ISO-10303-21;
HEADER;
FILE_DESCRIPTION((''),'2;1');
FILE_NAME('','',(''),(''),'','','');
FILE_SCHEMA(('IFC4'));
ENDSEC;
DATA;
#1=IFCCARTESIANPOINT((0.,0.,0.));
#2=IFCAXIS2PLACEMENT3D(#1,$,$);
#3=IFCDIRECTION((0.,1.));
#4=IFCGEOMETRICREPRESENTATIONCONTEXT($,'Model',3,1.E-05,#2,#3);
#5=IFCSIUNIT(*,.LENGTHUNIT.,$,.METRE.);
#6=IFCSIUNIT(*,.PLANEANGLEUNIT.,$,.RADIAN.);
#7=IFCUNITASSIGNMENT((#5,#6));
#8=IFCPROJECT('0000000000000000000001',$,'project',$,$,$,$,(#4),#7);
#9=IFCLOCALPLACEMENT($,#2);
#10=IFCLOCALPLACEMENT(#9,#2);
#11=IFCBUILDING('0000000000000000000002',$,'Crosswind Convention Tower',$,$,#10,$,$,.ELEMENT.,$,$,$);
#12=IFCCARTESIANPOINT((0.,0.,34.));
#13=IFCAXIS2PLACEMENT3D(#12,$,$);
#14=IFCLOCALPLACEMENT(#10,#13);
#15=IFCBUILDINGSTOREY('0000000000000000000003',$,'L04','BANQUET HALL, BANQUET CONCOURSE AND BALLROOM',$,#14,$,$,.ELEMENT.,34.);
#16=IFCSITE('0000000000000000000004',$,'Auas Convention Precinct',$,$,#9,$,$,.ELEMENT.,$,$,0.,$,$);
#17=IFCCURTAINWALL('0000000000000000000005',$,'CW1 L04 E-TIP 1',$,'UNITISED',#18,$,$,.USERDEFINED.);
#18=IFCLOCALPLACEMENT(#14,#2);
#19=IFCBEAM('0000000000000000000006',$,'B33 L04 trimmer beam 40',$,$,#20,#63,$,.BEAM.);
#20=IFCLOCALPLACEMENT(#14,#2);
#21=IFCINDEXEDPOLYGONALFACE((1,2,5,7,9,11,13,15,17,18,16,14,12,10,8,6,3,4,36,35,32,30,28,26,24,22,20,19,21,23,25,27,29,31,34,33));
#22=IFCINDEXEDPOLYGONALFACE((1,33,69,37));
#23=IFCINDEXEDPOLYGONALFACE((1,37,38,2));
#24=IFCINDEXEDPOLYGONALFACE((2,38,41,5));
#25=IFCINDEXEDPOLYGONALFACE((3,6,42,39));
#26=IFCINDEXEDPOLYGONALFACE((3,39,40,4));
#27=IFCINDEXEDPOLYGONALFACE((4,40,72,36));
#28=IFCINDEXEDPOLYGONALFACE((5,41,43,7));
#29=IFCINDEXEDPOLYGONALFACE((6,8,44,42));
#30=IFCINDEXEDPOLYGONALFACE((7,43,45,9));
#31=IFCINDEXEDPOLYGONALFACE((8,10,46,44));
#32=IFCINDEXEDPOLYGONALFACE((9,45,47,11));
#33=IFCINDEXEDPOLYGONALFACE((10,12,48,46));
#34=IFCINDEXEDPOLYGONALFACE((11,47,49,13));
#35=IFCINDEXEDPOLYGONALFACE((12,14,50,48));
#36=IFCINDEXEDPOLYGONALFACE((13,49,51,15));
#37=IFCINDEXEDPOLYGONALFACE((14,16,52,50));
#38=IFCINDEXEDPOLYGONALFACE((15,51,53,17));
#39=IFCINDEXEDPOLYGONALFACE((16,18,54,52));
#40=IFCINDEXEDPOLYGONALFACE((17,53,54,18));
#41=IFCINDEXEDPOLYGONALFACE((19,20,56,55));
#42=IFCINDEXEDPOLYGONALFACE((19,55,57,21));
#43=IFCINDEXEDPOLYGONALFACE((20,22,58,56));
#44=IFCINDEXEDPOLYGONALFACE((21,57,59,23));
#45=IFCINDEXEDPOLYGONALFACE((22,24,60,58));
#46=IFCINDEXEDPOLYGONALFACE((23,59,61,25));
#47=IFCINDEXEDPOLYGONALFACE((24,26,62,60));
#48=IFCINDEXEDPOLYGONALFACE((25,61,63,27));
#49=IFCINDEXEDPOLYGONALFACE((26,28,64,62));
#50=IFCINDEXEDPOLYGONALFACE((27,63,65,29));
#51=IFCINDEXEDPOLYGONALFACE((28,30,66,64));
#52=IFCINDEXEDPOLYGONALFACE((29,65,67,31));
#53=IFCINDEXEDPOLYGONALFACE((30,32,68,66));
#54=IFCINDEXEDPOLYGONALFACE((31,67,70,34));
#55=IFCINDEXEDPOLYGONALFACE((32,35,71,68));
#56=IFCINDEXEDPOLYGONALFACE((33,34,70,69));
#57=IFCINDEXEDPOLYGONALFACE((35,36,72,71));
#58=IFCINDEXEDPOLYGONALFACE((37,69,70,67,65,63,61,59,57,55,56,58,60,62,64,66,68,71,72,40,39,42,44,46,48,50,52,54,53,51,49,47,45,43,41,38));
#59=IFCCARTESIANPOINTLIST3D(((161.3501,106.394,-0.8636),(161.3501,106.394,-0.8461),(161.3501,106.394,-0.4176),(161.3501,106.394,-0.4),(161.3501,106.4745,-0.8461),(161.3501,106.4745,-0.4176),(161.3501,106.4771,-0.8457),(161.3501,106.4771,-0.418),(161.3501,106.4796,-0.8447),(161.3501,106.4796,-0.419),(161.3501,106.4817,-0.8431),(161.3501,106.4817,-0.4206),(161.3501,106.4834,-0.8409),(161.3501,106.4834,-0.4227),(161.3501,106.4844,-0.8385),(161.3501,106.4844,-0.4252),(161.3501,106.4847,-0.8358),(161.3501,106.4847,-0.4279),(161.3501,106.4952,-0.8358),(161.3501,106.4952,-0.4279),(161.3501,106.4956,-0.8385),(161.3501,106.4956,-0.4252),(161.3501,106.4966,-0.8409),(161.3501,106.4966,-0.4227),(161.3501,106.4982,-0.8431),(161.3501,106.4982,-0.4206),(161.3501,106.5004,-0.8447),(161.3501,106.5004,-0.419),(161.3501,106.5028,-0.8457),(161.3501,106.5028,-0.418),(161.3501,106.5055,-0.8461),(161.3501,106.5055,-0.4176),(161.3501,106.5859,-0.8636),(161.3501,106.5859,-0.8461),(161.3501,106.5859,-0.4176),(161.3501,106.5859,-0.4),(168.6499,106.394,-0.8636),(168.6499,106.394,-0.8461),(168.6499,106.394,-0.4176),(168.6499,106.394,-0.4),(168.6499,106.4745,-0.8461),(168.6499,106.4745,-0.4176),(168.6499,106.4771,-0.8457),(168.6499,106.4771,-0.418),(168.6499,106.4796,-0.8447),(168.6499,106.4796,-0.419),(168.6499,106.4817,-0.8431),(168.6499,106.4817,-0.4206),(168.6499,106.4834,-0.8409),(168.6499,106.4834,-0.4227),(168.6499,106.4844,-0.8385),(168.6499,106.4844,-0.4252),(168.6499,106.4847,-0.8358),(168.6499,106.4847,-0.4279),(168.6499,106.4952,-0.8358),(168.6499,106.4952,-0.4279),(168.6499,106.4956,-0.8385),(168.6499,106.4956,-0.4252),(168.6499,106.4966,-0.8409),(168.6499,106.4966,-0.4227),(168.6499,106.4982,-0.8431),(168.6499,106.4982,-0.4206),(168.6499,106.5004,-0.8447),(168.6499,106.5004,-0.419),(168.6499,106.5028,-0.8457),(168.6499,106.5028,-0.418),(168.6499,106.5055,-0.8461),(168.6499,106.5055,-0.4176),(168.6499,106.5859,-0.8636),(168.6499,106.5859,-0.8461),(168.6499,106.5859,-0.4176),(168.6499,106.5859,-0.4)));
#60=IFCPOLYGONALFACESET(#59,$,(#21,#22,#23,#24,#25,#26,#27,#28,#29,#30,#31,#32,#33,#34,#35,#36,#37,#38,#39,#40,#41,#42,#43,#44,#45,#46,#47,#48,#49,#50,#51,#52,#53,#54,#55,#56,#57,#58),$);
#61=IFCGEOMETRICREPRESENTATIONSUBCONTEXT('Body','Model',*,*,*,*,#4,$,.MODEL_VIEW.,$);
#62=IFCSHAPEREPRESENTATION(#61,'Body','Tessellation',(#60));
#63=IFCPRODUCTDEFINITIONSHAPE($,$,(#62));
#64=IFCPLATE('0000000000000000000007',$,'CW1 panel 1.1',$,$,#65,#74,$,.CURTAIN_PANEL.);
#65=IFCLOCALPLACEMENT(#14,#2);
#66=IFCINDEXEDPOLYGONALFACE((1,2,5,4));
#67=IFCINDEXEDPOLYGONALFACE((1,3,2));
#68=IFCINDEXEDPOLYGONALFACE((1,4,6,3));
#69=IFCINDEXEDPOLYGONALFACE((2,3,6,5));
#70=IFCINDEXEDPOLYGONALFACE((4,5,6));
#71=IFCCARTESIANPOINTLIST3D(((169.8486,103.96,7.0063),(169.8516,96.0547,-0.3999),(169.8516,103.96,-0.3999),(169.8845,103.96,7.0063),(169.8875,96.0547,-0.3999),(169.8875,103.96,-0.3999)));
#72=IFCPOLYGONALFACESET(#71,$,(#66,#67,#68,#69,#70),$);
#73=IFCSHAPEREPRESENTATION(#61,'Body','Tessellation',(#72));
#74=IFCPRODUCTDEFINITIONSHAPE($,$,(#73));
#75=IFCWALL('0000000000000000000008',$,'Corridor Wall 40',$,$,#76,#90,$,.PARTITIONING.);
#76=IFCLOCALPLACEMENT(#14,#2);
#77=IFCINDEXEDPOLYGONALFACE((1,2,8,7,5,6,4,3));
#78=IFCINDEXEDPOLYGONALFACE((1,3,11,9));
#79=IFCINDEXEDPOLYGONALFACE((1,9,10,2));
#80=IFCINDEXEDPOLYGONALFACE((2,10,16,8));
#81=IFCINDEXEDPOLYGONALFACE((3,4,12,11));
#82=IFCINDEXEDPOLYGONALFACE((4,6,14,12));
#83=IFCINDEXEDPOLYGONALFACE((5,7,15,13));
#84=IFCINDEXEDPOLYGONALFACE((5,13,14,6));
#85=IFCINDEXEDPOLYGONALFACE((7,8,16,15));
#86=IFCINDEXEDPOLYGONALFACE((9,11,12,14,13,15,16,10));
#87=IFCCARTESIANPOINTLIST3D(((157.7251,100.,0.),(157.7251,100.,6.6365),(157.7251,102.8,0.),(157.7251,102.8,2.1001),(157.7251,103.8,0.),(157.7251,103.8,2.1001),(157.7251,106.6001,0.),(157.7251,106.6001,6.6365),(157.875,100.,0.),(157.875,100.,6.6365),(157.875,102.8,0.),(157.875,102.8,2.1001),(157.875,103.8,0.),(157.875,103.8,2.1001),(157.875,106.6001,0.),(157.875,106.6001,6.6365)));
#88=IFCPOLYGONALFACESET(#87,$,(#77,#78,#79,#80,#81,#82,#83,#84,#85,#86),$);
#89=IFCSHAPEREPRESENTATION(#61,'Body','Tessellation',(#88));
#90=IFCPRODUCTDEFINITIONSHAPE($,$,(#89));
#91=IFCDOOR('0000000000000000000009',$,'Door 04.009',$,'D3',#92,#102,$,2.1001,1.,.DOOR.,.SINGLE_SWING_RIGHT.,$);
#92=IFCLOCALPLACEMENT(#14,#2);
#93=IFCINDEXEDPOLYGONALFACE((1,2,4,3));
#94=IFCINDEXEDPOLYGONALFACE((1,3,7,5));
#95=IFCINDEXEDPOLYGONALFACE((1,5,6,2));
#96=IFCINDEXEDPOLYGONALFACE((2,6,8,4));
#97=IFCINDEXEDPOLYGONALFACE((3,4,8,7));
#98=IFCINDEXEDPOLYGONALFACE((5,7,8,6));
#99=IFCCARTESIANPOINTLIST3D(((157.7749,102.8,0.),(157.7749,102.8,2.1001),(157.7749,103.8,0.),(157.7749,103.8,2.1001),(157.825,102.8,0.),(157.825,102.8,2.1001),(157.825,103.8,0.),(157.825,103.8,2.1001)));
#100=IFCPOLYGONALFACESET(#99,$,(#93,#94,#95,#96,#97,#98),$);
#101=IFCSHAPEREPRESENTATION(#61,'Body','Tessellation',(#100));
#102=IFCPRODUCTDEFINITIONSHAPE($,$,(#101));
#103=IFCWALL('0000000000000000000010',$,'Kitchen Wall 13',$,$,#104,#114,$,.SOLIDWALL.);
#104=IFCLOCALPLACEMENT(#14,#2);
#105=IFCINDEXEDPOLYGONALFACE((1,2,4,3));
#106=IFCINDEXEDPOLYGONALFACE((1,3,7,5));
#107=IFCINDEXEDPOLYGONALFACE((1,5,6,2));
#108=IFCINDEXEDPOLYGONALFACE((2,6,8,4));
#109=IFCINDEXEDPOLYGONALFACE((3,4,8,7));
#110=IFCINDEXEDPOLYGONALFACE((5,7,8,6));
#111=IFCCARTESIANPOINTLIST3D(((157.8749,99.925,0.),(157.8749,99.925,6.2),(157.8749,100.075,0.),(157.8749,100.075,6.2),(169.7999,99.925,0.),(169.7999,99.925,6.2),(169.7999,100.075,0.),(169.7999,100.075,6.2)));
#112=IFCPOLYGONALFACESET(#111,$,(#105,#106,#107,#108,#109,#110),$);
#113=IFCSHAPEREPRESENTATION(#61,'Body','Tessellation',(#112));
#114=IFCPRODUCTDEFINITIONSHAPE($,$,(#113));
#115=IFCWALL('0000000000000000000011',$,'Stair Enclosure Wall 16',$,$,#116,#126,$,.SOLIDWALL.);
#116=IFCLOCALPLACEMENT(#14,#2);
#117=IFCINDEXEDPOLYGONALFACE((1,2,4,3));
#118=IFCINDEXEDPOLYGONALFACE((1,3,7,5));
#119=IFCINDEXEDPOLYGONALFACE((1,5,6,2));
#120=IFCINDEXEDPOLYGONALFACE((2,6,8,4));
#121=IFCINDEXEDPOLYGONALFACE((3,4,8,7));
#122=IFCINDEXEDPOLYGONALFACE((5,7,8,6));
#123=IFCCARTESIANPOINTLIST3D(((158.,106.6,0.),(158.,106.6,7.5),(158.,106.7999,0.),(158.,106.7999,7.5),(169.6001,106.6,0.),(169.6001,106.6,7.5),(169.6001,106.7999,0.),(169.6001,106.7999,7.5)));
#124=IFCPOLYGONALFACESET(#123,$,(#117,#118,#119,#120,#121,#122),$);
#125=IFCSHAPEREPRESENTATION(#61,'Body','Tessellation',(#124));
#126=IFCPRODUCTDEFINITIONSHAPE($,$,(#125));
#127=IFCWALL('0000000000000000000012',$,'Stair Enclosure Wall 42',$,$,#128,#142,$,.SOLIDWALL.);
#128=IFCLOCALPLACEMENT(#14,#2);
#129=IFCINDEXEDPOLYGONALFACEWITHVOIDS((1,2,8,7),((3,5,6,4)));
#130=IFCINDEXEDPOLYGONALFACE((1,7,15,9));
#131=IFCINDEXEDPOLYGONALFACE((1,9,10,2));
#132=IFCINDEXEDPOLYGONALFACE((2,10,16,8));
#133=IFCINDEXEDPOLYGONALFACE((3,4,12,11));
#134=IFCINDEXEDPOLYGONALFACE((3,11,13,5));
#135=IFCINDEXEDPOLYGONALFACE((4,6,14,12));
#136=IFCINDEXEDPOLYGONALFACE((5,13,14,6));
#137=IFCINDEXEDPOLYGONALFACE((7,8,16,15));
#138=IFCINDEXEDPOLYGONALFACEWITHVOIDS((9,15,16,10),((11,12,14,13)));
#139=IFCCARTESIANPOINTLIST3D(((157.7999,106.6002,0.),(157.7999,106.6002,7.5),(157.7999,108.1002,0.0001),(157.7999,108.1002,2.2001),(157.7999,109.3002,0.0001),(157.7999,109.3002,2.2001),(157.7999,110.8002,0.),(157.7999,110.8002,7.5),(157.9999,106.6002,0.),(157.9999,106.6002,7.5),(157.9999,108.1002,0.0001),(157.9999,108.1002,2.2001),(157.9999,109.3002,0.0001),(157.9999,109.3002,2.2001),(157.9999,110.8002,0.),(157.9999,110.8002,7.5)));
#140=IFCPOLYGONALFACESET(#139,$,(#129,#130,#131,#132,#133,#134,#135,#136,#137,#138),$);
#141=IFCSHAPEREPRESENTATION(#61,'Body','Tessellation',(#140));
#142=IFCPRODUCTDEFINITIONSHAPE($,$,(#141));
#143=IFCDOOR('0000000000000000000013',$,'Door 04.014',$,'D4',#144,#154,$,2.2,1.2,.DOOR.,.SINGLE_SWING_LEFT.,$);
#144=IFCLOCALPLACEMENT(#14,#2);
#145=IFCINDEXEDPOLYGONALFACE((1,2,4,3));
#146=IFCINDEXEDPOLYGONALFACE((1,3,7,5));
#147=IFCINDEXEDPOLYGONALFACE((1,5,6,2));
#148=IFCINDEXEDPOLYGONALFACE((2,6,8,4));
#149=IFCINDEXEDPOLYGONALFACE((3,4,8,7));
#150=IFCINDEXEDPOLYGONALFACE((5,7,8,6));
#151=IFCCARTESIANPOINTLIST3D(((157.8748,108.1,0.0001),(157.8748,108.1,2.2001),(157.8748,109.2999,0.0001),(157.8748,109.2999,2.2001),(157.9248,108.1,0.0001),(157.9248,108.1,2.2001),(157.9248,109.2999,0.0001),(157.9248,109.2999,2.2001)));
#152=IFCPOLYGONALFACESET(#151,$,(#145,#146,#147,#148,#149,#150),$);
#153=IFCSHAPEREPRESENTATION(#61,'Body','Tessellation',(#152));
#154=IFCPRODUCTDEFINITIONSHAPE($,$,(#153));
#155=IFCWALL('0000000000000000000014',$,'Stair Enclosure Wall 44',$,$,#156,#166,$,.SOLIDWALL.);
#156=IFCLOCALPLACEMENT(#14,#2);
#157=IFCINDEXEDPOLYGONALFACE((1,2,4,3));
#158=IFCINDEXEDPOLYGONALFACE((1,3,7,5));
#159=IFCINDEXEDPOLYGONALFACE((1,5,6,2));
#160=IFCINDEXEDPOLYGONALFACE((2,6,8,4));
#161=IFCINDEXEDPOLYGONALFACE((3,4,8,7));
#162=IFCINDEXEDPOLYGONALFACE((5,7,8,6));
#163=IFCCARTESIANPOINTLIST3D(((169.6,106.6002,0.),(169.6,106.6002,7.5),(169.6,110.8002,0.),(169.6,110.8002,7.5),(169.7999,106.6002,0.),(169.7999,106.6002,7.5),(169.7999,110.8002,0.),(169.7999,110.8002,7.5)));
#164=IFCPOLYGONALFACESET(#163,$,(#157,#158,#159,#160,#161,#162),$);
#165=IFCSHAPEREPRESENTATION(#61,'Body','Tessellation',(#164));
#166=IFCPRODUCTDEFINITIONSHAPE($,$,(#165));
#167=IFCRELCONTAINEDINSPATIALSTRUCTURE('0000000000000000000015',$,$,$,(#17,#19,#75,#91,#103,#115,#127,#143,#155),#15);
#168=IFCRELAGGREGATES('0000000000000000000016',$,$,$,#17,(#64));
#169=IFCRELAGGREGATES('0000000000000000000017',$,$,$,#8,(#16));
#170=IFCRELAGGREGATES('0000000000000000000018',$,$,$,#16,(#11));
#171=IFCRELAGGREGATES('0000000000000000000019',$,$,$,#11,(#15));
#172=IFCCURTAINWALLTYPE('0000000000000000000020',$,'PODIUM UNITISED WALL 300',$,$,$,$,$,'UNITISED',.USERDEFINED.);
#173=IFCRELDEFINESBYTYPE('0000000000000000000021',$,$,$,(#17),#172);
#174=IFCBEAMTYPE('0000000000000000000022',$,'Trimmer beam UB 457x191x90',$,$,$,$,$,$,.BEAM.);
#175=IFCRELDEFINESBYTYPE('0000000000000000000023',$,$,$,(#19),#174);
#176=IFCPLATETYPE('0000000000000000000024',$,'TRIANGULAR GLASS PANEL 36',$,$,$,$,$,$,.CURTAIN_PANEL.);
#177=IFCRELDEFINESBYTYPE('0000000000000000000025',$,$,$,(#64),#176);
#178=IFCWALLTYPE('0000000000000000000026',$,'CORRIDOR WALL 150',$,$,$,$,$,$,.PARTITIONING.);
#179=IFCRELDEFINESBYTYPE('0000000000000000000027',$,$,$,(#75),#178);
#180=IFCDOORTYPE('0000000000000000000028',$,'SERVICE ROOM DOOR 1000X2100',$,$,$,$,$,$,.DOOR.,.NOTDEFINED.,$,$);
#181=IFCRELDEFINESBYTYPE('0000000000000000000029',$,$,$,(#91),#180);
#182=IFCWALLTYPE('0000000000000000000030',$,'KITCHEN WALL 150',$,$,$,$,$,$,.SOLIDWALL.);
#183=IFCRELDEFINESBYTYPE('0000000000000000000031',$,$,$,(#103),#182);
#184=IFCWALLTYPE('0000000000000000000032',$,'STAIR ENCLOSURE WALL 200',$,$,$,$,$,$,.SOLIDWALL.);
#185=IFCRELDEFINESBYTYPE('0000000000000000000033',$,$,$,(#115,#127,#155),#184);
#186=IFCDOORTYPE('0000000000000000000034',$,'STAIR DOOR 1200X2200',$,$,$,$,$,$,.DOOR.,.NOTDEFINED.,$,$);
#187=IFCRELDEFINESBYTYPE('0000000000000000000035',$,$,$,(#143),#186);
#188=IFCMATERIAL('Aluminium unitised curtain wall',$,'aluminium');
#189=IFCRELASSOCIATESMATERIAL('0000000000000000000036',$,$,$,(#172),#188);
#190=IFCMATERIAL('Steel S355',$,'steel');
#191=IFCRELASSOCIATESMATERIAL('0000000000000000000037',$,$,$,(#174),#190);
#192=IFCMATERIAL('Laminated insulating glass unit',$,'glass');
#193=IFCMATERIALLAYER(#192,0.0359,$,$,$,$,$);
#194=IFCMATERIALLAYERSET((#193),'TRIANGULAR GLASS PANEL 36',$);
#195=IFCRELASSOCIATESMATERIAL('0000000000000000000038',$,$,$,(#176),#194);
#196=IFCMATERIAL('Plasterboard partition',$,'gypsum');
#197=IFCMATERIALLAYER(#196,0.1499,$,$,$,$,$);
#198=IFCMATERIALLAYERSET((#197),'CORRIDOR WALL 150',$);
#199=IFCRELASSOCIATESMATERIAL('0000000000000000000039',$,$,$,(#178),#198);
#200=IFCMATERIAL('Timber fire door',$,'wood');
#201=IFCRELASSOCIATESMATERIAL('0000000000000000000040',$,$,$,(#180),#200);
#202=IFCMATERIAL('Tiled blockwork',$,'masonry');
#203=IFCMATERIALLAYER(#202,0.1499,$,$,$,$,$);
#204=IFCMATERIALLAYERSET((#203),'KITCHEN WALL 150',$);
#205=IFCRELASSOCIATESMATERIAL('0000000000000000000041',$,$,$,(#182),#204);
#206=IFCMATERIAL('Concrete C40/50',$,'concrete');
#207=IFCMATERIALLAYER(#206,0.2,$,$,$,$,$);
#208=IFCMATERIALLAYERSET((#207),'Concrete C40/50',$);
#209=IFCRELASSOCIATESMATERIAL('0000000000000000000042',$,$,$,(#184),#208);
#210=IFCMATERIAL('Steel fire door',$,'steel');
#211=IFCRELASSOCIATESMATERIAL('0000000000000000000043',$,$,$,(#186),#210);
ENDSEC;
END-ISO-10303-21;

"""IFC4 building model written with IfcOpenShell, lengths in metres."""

from ifc_helpers import new_model, si_unit, direction, frame, frame_2d, origin, origin_2d, place, context, subcontext, project, spatial, polyline, rectangle, i_section, outline, extrude, material, layer, layer_set, material_profile, profile_set, type_object, element, fill, aggregate, save


model = new_model("IFC4")

# Units and contexts
model_context = context("Model", 3, precision=1e-05, world=origin(), true_north=direction((0.0, 1.0)))
body_context = subcontext(model_context, "Body", "Model", "MODEL_VIEW")
ifc_project = project(units=[si_unit("LENGTHUNIT", "METRE"), si_unit("PLANEANGLEUNIT", "RADIAN")], contexts=[model_context])

# Site, building, storey
site_placement = place(None, origin())
site = spatial("IfcSite", under=ifc_project, at=site_placement, Name="Auas Convention Precinct", CompositionType="ELEMENT", RefElevation=0.0)
building_placement = place(site_placement, origin())
building = spatial("IfcBuilding", under=site, at=building_placement, Name="Crosswind Convention Tower", CompositionType="ELEMENT")
storey_placement = place(building_placement, frame((0.0, 0.0, 34.0)))
storey = spatial("IfcBuildingStorey", under=building, at=storey_placement, Name="L04", Description="BANQUET HALL, BANQUET CONCOURSE AND BALLROOM", CompositionType="ELEMENT", Elevation=34.0)

# Curtain wall
ifc_material_1 = material(Name="Aluminium unitised curtain wall", Category="aluminium")
curtain_wall_type = type_object("IfcCurtainWallType", Name="PODIUM UNITISED WALL 300", ElementType="UNITISED", PredefinedType="USERDEFINED", material=ifc_material_1)
curtain_wall_placement = place(storey_placement, origin())
curtain_wall = element("IfcCurtainWall", 1, at=curtain_wall_placement, inside=storey, type_object=curtain_wall_type, Name="CW1 L04 E-TIP 1", ObjectType="UNITISED", PredefinedType="USERDEFINED")

# Beam
ifc_material_2 = material(Name="Steel S355", Category="steel")
ifc_material_profile_1 = material_profile(ifc_material_2, i_section(OverallWidth=0.1919, OverallDepth=0.4636, WebThickness=0.0105, FlangeThickness=0.0176, FilletRadius=0.0103, at=origin_2d()), Name="UB 457x191x90")
ifc_profile_set_1 = profile_set([ifc_material_profile_1], Name="Steel S355")
beam_type_1 = type_object("IfcBeamType", Name="Trimmer beam UB 457x191x90", PredefinedType="BEAM", material=ifc_profile_set_1)
beam_placement = place(storey_placement, frame((161.3501, 106.49, -0.6318), z_axis=(1.0, 0.0, 0.0), x_axis=(0.0, 1.0, 0.0)))
element("IfcBeam", 2, at=beam_placement, inside=storey, type_object=beam_type_1, Name="B33 L04 trimmer beam 40", PredefinedType="BEAM", context=body_context, shape_type="SweptSolid", body=[
    extrude(i_section(OverallWidth=0.1919, OverallDepth=0.4636, WebThickness=0.0105, FlangeThickness=0.0176, FilletRadius=0.0103, at=origin_2d()), origin(), (0.0, 0.0, 1.0), 7.2998),
])

# Plate
ifc_material_3 = material(Name="Laminated insulating glass unit", Category="glass")
ifc_layer_1 = layer(ifc_material_3, 0.0359)
ifc_layer_set_1 = layer_set([ifc_layer_1], Name="TRIANGULAR GLASS PANEL 36")
plate_type = type_object("IfcPlateType", Name="TRIANGULAR GLASS PANEL 36", PredefinedType="CURTAIN_PANEL", material=ifc_layer_set_1)
plate_placement = place(storey_placement, frame((169.8875, 103.96, -0.3999), z_axis=(1.0, 0.0, 0.000396), x_axis=(-0.000396, 0.0, 1.0)))
plate = element("IfcPlate", 3, at=plate_placement, type_object=plate_type, Name="CW1 panel 1.1", PredefinedType="CURTAIN_PANEL", context=body_context, shape_type="SweptSolid", body=[
    extrude(outline(polyline([(0.0, 0.0), (7.4063, 0.0), (0.0, 7.9053), (0.0, 0.0)])), origin(), (0.0, 0.0, -1.0), 0.0359),
])
aggregate(curtain_wall, [plate])

# Wall, opening, door
ifc_material_4 = material(Name="Plasterboard partition", Category="gypsum")
ifc_layer_2 = layer(ifc_material_4, 0.1499)
ifc_layer_set_2 = layer_set([ifc_layer_2], Name="CORRIDOR WALL 150")
wall_type_1 = type_object("IfcWallType", Name="CORRIDOR WALL 150", PredefinedType="PARTITIONING", material=ifc_layer_set_2)
wall_1_placement = place(storey_placement, frame((157.8, 100.0, 0.0), z_axis=(0.0, 0.0, 1.0), x_axis=(0.0, 1.0, 0.0)))
wall_1 = element("IfcWall", 4, at=wall_1_placement, inside=storey, type_object=wall_type_1, Name="Corridor Wall 40", PredefinedType="PARTITIONING", context=body_context, shape_type="SweptSolid", body=[
    extrude(rectangle(XDim=6.6001, YDim=0.1499, at=frame_2d((3.3, 0.0))), origin(), (0.0, 0.0, 1.0), 6.6365),
])
opening_1_placement = place(wall_1_placement, frame((2.8, 0.0, 0.0)))
opening_1 = element("IfcOpeningElement", 5, at=opening_1_placement, cuts=wall_1, PredefinedType="OPENING", context=body_context, shape_type="SweptSolid", body=[
    extrude(rectangle(XDim=1.0, YDim=2.1001, at=frame_2d((0.5, 1.05))), frame((0.0, 0.085, 0.0), z_axis=(0.0, -1.0, 0.0), x_axis=(1.0, 0.0, 0.0)), (0.0, 0.0, 1.0), 0.1699),
])
ifc_material_5 = material(Name="Timber fire door", Category="wood")
door_type_1 = type_object("IfcDoorType", Name="SERVICE ROOM DOOR 1000X2100", OperationType="NOTDEFINED", PredefinedType="DOOR", material=ifc_material_5)
door_1_placement = place(opening_1_placement, frame((1.0, 0.0, 0.0), z_axis=(0.0, 0.0, 1.0), x_axis=(-1.0, 0.0, 0.0)))
door_1 = element("IfcDoor", 6, at=door_1_placement, inside=storey, type_object=door_type_1, Name="Door 04.009", ObjectType="D3", OperationType="SINGLE_SWING_RIGHT", OverallHeight=2.1001, OverallWidth=1.0, PredefinedType="DOOR", context=body_context, shape_type="SweptSolid", body=[
    extrude(rectangle(XDim=1.0, YDim=2.1001, at=frame_2d((0.5, 1.05))), frame((0.0, 0.0249, 0.0), z_axis=(0.0, -1.0, 0.0), x_axis=(1.0, 0.0, 0.0)), (0.0, 0.0, 1.0), 0.05),
])
fill(opening_1, door_1)

# Walls
ifc_material_6 = material(Name="Tiled blockwork", Category="masonry")
ifc_layer_3 = layer(ifc_material_6, 0.1499)
ifc_layer_set_3 = layer_set([ifc_layer_3], Name="KITCHEN WALL 150")
wall_type_2 = type_object("IfcWallType", Name="KITCHEN WALL 150", PredefinedType="SOLIDWALL", material=ifc_layer_set_3)
wall_2_placement = place(storey_placement, frame((157.875, 100.0, 0.0), z_axis=(0.0, 0.0, 1.0), x_axis=(1.0, 0.0, 0.0)))
element("IfcWall", 7, at=wall_2_placement, inside=storey, type_object=wall_type_2, Name="Kitchen Wall 13", PredefinedType="SOLIDWALL", context=body_context, shape_type="SweptSolid", body=[
    extrude(rectangle(XDim=11.925, YDim=0.1499, at=frame_2d((5.9624, 0.0))), origin(), (0.0, 0.0, 1.0), 6.2),
])
ifc_material_7 = material(Name="Concrete C40/50", Category="concrete")
ifc_layer_4 = layer(ifc_material_7, 0.2)
ifc_layer_set_4 = layer_set([ifc_layer_4], Name="Concrete C40/50")
wall_type_3 = type_object("IfcWallType", Name="STAIR ENCLOSURE WALL 200", PredefinedType="SOLIDWALL", material=ifc_layer_set_4)
wall_3_placement = place(storey_placement, frame((158.0, 106.7, 0.0), z_axis=(0.0, 0.0, 1.0), x_axis=(1.0, 0.0, 0.0)))
element("IfcWall", 8, at=wall_3_placement, inside=storey, type_object=wall_type_3, Name="Stair Enclosure Wall 16", PredefinedType="SOLIDWALL", context=body_context, shape_type="SweptSolid", body=[
    extrude(rectangle(XDim=11.6001, YDim=0.2, at=frame_2d((5.8, 0.0))), origin(), (0.0, 0.0, 1.0), 7.5),
])

# Wall, opening, door
wall_4_placement = place(storey_placement, frame((157.8999, 106.6001, 0.0), z_axis=(0.0, 0.0, 1.0), x_axis=(0.0, 1.0, 0.0)))
wall_4 = element("IfcWall", 9, at=wall_4_placement, inside=storey, type_object=wall_type_3, Name="Stair Enclosure Wall 42", PredefinedType="SOLIDWALL", context=body_context, shape_type="SweptSolid", body=[
    extrude(rectangle(XDim=4.2, YDim=0.2, at=frame_2d((2.1001, 0.0))), origin(), (0.0, 0.0, 1.0), 7.5),
])
opening_2_placement = place(wall_4_placement, frame((1.5, 0.0, 0.0)))
opening_2 = element("IfcOpeningElement", 10, at=opening_2_placement, cuts=wall_4, PredefinedType="OPENING", context=body_context, shape_type="SweptSolid", body=[
    extrude(rectangle(XDim=1.2, YDim=2.2, at=frame_2d((0.6001, 1.1001))), frame((0.0, 0.1099, 0.0), z_axis=(0.0, -1.0, 0.0), x_axis=(1.0, 0.0, 0.0)), (0.0, 0.0, 1.0), 0.22),
])
ifc_material_8 = material(Name="Steel fire door", Category="steel")
door_type_2 = type_object("IfcDoorType", Name="STAIR DOOR 1200X2200", OperationType="NOTDEFINED", PredefinedType="DOOR", material=ifc_material_8)
door_2_placement = place(opening_2_placement, frame((1.2, 0.0, 0.0), z_axis=(0.0, 0.0, 1.0), x_axis=(-1.0, 0.0, 0.0)))
door_2 = element("IfcDoor", 11, at=door_2_placement, inside=storey, type_object=door_type_2, Name="Door 04.014", ObjectType="D4", OperationType="SINGLE_SWING_LEFT", OverallHeight=2.2, OverallWidth=1.2, PredefinedType="DOOR", context=body_context, shape_type="SweptSolid", body=[
    extrude(rectangle(XDim=1.2, YDim=2.2, at=frame_2d((0.6001, 1.1001))), frame((0.0, 0.0249, 0.0), z_axis=(0.0, -1.0, 0.0), x_axis=(1.0, 0.0, 0.0)), (0.0, 0.0, 1.0), 0.05),
])
fill(opening_2, door_2)

# Wall
wall_5_placement = place(storey_placement, frame((169.7, 106.6001, 0.0), z_axis=(0.0, 0.0, 1.0), x_axis=(0.0, 1.0, 0.0)))
element("IfcWall", 12, at=wall_5_placement, inside=storey, type_object=wall_type_3, Name="Stair Enclosure Wall 44", PredefinedType="SOLIDWALL", context=body_context, shape_type="SweptSolid", body=[
    extrude(rectangle(XDim=4.2, YDim=0.2, at=frame_2d((2.1001, 0.0))), origin(), (0.0, 0.0, 1.0), 7.5),
])

save(model, "model.ifc")
